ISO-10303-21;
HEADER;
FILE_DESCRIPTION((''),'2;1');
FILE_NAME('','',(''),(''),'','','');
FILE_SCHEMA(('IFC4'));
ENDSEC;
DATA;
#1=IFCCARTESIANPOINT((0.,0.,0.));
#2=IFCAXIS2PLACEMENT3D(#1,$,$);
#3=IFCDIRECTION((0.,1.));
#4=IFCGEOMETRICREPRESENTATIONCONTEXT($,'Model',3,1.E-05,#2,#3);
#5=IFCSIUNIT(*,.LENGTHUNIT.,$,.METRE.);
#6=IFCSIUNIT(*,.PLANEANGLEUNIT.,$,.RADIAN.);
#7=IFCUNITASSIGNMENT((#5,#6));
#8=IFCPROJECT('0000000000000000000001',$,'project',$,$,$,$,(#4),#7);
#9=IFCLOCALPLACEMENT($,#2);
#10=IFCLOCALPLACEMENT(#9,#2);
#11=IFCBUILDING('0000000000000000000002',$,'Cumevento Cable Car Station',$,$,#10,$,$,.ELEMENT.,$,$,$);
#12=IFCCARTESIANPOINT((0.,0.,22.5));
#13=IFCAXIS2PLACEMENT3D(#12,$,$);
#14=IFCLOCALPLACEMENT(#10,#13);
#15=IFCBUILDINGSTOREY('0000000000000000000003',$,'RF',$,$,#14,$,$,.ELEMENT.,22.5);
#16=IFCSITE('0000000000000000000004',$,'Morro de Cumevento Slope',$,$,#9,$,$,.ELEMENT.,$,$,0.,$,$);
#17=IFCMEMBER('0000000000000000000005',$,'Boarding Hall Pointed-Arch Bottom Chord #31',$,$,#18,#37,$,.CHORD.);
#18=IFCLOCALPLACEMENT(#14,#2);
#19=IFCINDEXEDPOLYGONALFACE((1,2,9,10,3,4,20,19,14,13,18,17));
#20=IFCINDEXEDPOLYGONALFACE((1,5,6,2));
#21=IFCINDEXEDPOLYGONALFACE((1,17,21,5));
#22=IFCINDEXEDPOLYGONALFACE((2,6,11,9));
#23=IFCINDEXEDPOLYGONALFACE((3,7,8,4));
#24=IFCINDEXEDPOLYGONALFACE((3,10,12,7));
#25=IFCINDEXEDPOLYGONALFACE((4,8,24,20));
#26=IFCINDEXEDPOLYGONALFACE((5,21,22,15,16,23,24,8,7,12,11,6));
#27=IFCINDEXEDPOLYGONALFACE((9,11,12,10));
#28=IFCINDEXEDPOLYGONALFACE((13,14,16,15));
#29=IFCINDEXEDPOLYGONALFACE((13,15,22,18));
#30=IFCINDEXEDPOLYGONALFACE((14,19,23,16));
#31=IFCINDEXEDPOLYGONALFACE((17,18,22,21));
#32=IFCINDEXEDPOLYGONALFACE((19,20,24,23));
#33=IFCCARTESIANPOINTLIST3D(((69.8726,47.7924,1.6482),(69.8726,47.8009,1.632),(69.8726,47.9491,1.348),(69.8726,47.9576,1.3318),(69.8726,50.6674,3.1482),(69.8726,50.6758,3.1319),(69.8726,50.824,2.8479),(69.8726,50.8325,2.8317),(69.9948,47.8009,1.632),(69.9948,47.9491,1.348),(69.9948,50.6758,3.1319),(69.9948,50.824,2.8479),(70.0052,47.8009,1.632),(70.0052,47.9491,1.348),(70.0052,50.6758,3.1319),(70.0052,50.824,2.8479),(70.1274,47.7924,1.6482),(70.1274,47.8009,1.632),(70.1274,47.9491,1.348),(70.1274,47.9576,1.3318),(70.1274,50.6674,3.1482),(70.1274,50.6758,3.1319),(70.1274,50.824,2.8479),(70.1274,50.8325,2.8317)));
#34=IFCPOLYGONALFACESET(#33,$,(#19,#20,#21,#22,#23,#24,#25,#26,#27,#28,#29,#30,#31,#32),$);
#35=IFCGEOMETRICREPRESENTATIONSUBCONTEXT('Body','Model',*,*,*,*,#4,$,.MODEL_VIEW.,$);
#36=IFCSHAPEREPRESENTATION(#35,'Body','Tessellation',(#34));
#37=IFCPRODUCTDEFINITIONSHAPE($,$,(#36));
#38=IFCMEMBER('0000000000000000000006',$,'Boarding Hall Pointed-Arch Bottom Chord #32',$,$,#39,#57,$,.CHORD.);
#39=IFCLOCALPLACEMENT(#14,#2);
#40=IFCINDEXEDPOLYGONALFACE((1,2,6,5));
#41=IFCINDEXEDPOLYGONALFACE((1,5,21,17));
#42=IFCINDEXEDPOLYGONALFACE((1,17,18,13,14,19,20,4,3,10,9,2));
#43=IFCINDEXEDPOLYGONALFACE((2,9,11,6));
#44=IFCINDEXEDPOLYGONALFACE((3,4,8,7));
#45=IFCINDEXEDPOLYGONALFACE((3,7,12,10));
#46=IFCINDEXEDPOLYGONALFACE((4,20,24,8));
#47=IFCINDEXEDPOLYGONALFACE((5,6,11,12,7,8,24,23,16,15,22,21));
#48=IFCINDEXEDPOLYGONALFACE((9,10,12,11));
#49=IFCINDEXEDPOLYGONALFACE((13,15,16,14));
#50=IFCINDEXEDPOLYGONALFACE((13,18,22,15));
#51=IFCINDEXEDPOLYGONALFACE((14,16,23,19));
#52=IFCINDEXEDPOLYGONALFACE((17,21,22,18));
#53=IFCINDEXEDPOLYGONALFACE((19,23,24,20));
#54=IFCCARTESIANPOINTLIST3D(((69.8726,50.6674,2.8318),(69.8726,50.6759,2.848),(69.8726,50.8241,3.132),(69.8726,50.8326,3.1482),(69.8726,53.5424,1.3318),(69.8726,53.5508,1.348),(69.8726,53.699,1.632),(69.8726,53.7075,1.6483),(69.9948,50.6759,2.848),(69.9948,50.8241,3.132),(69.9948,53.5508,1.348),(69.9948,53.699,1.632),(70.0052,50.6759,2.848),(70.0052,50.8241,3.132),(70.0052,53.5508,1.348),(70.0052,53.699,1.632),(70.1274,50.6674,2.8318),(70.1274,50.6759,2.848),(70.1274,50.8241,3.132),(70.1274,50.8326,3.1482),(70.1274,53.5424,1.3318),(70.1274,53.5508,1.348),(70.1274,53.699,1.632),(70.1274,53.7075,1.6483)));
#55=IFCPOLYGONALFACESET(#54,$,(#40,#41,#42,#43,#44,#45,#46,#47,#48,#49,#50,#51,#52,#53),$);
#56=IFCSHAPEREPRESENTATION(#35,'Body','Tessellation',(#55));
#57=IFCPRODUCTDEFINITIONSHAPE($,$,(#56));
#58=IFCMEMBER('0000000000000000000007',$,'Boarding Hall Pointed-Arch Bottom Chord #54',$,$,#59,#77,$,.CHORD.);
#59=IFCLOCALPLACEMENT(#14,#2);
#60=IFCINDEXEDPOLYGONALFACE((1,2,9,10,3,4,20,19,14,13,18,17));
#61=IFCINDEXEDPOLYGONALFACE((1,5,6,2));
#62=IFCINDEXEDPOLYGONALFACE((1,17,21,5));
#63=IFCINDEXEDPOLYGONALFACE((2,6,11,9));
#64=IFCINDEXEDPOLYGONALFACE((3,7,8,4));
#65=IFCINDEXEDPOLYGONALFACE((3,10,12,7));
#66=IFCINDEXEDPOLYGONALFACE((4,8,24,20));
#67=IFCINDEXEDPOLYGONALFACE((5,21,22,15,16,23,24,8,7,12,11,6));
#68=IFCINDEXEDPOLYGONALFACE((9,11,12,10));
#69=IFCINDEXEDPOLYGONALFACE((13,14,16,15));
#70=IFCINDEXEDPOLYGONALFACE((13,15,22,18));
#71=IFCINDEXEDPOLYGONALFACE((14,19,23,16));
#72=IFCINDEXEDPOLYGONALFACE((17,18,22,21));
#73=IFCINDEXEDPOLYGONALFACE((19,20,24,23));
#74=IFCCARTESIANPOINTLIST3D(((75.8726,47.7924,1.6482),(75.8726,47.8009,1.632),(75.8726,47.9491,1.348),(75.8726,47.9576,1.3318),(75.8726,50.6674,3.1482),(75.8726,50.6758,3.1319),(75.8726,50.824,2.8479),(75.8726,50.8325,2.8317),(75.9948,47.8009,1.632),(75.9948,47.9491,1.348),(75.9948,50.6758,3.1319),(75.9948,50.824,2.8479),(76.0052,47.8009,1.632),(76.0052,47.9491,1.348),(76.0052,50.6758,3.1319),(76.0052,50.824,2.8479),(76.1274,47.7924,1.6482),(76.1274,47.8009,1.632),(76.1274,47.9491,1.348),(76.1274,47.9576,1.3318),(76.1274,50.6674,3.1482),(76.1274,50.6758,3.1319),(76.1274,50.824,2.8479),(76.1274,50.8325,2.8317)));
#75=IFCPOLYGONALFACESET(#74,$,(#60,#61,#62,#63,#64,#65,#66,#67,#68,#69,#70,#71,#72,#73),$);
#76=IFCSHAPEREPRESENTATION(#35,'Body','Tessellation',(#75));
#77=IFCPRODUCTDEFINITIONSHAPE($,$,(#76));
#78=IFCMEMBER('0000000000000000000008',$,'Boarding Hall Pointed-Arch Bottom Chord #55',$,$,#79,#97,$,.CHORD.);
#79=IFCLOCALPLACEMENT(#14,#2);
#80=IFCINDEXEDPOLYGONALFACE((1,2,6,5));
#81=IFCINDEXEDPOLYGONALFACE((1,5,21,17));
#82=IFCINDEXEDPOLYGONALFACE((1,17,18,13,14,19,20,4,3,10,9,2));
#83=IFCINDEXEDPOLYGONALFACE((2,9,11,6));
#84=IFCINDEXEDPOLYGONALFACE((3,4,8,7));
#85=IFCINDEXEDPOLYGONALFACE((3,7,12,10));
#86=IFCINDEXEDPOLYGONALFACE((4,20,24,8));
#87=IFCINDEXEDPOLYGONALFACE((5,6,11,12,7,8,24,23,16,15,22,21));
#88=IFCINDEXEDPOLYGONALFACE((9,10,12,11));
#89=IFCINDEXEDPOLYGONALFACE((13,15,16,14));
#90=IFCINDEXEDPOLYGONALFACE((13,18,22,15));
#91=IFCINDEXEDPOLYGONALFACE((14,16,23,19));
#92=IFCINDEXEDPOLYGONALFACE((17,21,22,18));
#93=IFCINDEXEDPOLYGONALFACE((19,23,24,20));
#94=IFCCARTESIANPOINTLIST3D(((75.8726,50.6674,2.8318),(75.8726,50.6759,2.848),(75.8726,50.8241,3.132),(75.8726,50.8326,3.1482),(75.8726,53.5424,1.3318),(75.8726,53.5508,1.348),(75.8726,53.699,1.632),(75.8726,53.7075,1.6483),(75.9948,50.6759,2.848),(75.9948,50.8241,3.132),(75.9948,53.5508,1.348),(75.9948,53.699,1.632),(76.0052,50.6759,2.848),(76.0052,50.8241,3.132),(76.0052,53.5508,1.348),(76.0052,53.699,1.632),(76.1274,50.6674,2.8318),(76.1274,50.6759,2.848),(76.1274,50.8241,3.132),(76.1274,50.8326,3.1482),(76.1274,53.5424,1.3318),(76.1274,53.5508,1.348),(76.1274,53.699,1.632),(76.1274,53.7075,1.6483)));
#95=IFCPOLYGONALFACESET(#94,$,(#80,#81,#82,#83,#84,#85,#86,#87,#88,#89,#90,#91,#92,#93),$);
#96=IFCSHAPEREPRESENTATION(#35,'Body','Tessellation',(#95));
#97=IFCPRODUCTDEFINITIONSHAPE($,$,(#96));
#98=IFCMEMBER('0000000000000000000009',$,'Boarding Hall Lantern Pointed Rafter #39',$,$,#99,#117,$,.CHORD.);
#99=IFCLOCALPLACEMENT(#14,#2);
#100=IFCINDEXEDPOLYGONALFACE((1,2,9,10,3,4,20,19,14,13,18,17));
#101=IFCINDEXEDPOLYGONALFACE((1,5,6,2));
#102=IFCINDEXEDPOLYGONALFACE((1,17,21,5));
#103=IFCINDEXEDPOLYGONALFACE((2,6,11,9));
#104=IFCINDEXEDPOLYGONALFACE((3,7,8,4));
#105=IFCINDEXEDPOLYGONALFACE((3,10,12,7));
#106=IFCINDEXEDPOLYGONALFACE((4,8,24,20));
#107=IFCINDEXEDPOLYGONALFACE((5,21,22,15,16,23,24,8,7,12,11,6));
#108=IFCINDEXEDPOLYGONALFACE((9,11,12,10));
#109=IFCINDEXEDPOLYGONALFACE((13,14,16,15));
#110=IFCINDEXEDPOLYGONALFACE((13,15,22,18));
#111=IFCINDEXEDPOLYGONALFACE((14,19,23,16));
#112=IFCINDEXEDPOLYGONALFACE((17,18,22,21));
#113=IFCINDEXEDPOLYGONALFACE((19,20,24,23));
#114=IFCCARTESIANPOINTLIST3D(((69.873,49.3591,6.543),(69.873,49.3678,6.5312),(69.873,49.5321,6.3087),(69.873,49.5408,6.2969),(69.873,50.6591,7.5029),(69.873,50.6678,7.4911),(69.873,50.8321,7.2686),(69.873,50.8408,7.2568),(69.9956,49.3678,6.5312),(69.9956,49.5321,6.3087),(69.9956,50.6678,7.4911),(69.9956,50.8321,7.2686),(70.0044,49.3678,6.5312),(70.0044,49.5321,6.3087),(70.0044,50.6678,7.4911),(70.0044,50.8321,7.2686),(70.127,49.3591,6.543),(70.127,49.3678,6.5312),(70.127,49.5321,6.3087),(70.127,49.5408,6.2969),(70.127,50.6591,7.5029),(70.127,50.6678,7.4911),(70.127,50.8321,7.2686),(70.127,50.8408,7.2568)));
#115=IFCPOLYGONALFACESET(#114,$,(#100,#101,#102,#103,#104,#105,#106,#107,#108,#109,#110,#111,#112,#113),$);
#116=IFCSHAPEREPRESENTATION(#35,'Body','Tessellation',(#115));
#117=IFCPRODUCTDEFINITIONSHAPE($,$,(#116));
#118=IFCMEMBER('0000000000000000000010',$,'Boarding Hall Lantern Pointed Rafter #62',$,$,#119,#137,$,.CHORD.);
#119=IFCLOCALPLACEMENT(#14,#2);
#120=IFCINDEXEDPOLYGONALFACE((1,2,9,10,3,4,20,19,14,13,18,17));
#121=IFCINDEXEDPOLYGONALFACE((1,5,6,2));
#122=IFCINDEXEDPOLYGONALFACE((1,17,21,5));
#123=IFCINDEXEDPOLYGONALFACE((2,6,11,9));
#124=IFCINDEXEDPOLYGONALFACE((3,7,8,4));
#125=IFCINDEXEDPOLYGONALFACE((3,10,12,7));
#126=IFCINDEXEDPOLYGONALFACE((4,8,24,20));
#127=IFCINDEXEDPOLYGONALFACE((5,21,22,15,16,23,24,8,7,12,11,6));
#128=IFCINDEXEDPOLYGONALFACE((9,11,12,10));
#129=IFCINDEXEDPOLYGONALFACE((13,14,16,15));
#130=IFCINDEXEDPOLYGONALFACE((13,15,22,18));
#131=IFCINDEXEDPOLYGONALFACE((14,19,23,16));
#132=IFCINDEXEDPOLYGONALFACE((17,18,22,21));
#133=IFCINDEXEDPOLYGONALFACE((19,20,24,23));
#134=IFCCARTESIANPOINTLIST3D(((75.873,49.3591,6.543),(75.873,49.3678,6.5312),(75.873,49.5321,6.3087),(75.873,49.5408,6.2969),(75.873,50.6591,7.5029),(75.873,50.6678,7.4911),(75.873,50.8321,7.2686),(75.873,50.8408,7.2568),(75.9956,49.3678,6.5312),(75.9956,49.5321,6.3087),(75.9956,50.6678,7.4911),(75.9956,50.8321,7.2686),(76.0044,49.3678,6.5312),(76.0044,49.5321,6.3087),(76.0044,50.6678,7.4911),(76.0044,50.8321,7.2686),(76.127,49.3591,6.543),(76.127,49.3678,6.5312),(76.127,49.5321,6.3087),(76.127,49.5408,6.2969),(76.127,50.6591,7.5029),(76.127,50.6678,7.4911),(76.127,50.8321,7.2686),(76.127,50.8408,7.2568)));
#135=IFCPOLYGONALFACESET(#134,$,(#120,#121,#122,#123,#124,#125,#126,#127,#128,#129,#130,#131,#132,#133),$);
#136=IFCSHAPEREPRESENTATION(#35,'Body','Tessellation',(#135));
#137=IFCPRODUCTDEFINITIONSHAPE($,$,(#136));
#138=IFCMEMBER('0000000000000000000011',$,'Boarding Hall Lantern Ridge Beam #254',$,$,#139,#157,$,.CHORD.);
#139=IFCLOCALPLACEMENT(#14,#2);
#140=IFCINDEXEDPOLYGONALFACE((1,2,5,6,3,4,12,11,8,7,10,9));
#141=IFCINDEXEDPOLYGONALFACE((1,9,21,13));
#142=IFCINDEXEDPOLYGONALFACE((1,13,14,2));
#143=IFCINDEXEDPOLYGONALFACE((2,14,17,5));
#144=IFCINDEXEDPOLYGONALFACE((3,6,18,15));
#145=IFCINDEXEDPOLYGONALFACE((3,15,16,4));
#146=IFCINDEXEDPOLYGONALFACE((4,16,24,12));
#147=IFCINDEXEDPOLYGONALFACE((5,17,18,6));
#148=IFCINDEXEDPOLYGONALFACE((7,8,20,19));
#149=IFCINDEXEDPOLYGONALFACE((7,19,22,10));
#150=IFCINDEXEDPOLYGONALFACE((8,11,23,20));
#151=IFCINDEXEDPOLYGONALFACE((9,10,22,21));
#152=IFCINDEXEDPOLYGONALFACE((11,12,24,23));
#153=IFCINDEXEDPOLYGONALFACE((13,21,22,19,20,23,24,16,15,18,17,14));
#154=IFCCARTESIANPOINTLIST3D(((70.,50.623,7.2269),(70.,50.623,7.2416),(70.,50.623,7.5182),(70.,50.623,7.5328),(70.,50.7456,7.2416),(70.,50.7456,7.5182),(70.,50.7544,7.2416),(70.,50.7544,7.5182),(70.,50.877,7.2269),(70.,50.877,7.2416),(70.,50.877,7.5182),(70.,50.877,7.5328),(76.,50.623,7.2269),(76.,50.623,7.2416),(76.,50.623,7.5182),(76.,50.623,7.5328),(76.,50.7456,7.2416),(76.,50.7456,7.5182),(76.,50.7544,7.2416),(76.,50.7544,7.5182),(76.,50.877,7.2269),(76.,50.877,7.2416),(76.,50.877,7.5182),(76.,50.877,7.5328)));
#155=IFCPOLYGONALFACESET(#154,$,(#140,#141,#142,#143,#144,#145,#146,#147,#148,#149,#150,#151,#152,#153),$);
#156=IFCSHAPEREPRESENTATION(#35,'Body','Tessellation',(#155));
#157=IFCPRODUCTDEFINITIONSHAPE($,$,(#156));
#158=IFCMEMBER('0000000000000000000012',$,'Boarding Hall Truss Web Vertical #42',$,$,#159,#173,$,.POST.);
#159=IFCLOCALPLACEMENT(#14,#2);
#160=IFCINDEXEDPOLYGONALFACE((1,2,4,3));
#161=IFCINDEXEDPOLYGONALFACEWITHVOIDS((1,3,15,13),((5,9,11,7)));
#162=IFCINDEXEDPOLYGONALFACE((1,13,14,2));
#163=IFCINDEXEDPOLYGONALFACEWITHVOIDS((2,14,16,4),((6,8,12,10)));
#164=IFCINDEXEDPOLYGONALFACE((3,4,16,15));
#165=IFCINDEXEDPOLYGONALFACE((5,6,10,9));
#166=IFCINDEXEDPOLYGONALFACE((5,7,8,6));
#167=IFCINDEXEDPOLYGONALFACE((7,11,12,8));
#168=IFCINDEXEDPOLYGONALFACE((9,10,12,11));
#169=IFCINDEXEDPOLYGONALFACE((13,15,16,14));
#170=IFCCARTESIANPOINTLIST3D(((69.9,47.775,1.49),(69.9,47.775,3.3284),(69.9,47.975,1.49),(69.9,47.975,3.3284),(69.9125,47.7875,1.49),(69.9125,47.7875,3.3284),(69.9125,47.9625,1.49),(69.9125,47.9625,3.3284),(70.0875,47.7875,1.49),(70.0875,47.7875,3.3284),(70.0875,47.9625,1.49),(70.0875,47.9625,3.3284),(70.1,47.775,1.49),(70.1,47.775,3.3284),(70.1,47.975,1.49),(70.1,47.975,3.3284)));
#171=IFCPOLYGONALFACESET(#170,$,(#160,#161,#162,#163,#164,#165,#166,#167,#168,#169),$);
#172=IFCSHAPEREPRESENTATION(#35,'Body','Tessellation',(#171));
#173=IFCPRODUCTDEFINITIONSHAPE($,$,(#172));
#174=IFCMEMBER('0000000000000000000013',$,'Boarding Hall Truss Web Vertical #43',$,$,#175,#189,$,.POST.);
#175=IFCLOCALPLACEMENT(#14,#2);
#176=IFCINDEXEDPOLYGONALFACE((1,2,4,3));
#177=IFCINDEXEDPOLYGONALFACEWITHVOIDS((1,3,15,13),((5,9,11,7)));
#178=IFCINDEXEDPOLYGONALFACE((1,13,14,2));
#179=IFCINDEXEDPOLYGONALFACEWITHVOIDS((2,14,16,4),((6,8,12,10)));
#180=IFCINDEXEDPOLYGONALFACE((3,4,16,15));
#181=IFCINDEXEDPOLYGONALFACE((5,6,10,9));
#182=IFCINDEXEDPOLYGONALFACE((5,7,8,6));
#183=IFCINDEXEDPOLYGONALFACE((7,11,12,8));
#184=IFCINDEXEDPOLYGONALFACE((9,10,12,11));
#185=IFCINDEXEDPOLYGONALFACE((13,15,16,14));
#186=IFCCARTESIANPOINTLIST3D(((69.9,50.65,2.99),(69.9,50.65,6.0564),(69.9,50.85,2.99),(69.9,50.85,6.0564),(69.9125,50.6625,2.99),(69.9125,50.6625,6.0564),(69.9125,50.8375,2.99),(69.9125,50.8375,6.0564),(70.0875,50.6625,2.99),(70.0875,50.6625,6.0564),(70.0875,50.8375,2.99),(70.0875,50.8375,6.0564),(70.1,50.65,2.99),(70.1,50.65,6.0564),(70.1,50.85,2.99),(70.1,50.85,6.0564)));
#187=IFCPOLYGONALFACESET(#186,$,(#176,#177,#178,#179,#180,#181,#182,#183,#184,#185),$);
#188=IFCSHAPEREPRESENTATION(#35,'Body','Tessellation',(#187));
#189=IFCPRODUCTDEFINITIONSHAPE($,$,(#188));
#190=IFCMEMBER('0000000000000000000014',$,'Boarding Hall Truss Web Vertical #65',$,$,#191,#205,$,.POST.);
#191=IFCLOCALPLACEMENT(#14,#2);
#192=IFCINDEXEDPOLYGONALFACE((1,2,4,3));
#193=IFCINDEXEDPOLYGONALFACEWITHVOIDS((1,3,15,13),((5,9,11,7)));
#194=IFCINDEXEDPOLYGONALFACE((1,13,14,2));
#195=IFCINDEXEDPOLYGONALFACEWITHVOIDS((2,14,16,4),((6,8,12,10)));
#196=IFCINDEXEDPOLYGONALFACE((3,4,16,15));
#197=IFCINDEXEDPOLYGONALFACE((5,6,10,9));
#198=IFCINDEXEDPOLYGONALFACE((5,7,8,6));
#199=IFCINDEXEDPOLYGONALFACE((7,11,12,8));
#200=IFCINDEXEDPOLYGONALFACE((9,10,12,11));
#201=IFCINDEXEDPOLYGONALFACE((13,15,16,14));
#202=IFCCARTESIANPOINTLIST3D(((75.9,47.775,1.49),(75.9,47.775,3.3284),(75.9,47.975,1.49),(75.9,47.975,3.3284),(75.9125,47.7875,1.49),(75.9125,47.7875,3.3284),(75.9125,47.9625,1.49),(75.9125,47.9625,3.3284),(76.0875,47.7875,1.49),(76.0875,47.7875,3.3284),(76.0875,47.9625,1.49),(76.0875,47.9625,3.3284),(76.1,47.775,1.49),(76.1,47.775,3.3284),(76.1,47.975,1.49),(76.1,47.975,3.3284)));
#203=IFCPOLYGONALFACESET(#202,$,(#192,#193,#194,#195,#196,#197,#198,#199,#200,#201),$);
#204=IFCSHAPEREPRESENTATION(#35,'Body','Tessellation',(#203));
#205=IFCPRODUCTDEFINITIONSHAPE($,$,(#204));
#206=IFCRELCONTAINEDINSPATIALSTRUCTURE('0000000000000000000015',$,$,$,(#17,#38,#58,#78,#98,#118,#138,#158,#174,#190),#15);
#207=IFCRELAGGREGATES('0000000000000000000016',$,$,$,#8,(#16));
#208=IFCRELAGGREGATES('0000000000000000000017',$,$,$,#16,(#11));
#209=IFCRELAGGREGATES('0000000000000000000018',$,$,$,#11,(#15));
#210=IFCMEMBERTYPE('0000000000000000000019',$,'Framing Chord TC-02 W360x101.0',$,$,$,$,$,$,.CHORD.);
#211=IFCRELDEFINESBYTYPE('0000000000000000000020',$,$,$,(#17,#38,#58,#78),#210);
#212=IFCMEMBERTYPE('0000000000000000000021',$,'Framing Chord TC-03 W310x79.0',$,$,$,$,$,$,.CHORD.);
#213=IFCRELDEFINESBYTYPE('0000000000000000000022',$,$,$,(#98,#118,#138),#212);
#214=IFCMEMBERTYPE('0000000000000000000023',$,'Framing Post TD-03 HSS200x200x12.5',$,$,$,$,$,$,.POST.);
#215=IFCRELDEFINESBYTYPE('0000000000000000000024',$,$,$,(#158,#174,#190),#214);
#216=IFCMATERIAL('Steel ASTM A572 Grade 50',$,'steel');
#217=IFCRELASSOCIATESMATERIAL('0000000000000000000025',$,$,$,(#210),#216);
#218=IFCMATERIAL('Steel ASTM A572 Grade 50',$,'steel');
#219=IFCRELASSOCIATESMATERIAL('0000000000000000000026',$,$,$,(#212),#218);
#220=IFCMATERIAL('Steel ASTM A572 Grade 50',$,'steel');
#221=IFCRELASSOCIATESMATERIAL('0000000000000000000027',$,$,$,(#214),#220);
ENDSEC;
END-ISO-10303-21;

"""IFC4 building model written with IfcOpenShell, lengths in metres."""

from ifc_helpers import new_model, si_unit, direction, frame, origin, origin_2d, place, context, subcontext, project, spatial, hollow_rectangle, i_section, extrude, material, material_profile, profile_set, type_object, element, save


model = new_model("IFC4")

# Units and contexts
model_context = context("Model", 3, precision=1e-05, world=origin(), true_north=direction((0.0, 1.0)))
body_context = subcontext(model_context, "Body", "Model", "MODEL_VIEW")
ifc_project = project(units=[si_unit("LENGTHUNIT", "METRE"), si_unit("PLANEANGLEUNIT", "RADIAN")], contexts=[model_context])

# Site, building, storey
site_placement = place(None, origin())
site = spatial("IfcSite", under=ifc_project, at=site_placement, Name="Morro de Cumevento Slope", CompositionType="ELEMENT", RefElevation=0.0)
building_placement = place(site_placement, origin())
building = spatial("IfcBuilding", under=site, at=building_placement, Name="Cumevento Cable Car Station", CompositionType="ELEMENT")
storey_placement = place(building_placement, frame((0.0, 0.0, 22.5)))
storey = spatial("IfcBuildingStorey", under=building, at=storey_placement, Name="RF", CompositionType="ELEMENT", Elevation=22.5)

# Members
ifc_material_1 = material(Name="Steel ASTM A572 Grade 50", Category="steel")
ifc_material_profile_1 = material_profile(ifc_material_1, i_section(OverallWidth=0.2549, OverallDepth=0.3569, WebThickness=0.0105, FlangeThickness=0.0183, at=origin_2d()), Name="W360x101.0")
ifc_profile_set_1 = profile_set([ifc_material_profile_1], Name="Steel ASTM A572 Grade 50")
member_type_1 = type_object("IfcMemberType", Name="Framing Chord TC-02 W360x101.0", PredefinedType="CHORD", material=ifc_profile_set_1)
for number, where, z_axis, x_axis, name in (
    (1, (70.0, 47.875, 1.49), (0.0, 0.886585, 0.462566), (-1.0, 0.0, 0.0), "Boarding Hall Pointed-Arch Bottom Chord #31"),
    (2, (70.0, 50.75, 2.99), (0.0, 0.886585, -0.462566), (-1.0, 0.0, 0.0), "Boarding Hall Pointed-Arch Bottom Chord #32"),
    (3, (76.0, 47.875, 1.49), (0.0, 0.886585, 0.462566), (-1.0, 0.0, 0.0), "Boarding Hall Pointed-Arch Bottom Chord #54"),
    (4, (76.0, 50.75, 2.99), (0.0, 0.886585, -0.462566), (-1.0, 0.0, 0.0), "Boarding Hall Pointed-Arch Bottom Chord #55"),
):
    element("IfcMember", number, at=place(storey_placement, frame(where, z_axis=z_axis, x_axis=x_axis)), inside=storey, type_object=member_type_1, Name=name, PredefinedType="CHORD", context=body_context, shape_type="SweptSolid", body=[
        extrude(i_section(OverallWidth=0.2549, OverallDepth=0.3569, WebThickness=0.0105, FlangeThickness=0.0183, at=origin_2d()), origin(), (0.0, 0.0, 1.0), 3.2427),
    ])
ifc_material_2 = material(Name="Steel ASTM A572 Grade 50", Category="steel")
ifc_material_profile_2 = material_profile(ifc_material_2, i_section(OverallWidth=0.2539, OverallDepth=0.3059, WebThickness=0.0088, FlangeThickness=0.0146, at=origin_2d()), Name="W310x79.0")
ifc_profile_set_2 = profile_set([ifc_material_profile_2], Name="Steel ASTM A572 Grade 50")
member_type_2 = type_object("IfcMemberType", Name="Framing Chord TC-03 W310x79.0", PredefinedType="CHORD", material=ifc_profile_set_2)
for number, where, z_axis, x_axis, name in (
    (5, (70.0, 49.45, 6.4199), (0.0, 0.804455, 0.594013), (-1.0, 0.0, 0.0), "Boarding Hall Lantern Pointed Rafter #39"),
    (6, (76.0, 49.45, 6.4199), (0.0, 0.804455, 0.594013), (-1.0, 0.0, 0.0), "Boarding Hall Lantern Pointed Rafter #62"),
):
    element("IfcMember", number, at=place(storey_placement, frame(where, z_axis=z_axis, x_axis=x_axis)), inside=storey, type_object=member_type_2, Name=name, PredefinedType="CHORD", context=body_context, shape_type="SweptSolid", body=[
        extrude(i_section(OverallWidth=0.2539, OverallDepth=0.3059, WebThickness=0.0088, FlangeThickness=0.0146, at=origin_2d()), origin(), (0.0, 0.0, 1.0), 1.616),
    ])
member_1_placement = place(storey_placement, frame((70.0, 50.75, 7.3799), z_axis=(1.0, 0.0, 0.0), x_axis=(0.0, 1.0, 0.0)))
element("IfcMember", 7, at=member_1_placement, inside=storey, type_object=member_type_2, Name="Boarding Hall Lantern Ridge Beam #254", PredefinedType="CHORD", context=body_context, shape_type="SweptSolid", body=[
    extrude(i_section(OverallWidth=0.2539, OverallDepth=0.3059, WebThickness=0.0088, FlangeThickness=0.0146, at=origin_2d()), origin(), (0.0, 0.0, 1.0), 6.0),
])
ifc_material_3 = material(Name="Steel ASTM A572 Grade 50", Category="steel")
ifc_material_profile_3 = material_profile(ifc_material_3, hollow_rectangle(XDim=0.2, YDim=0.2, WallThickness=0.0125, at=origin_2d()), Name="HSS200x200x12.5")
ifc_profile_set_3 = profile_set([ifc_material_profile_3], Name="Steel ASTM A572 Grade 50")
member_type_3 = type_object("IfcMemberType", Name="Framing Post TD-03 HSS200x200x12.5", PredefinedType="POST", material=ifc_profile_set_3)
member_2_placement = place(storey_placement, frame((70.0, 47.875, 1.49), z_axis=(0.0, 0.0, 1.0), x_axis=(1.0, 0.0, 0.0)))
element("IfcMember", 8, at=member_2_placement, inside=storey, type_object=member_type_3, Name="Boarding Hall Truss Web Vertical #42", PredefinedType="POST", context=body_context, shape_type="SweptSolid", body=[
    extrude(hollow_rectangle(XDim=0.2, YDim=0.2, WallThickness=0.0125, at=origin_2d()), origin(), (0.0, 0.0, 1.0), 1.8384),
])
member_3_placement = place(storey_placement, frame((70.0, 50.75, 2.99), z_axis=(0.0, 0.0, 1.0), x_axis=(1.0, 0.0, 0.0)))
element("IfcMember", 9, at=member_3_placement, inside=storey, type_object=member_type_3, Name="Boarding Hall Truss Web Vertical #43", PredefinedType="POST", context=body_context, shape_type="SweptSolid", body=[
    extrude(hollow_rectangle(XDim=0.2, YDim=0.2, WallThickness=0.0125, at=origin_2d()), origin(), (0.0, 0.0, 1.0), 3.0664),
])
member_4_placement = place(storey_placement, frame((76.0, 47.875, 1.49), z_axis=(0.0, 0.0, 1.0), x_axis=(1.0, 0.0, 0.0)))
element("IfcMember", 10, at=member_4_placement, inside=storey, type_object=member_type_3, Name="Boarding Hall Truss Web Vertical #65", PredefinedType="POST", context=body_context, shape_type="SweptSolid", body=[
    extrude(hollow_rectangle(XDim=0.2, YDim=0.2, WallThickness=0.0125, at=origin_2d()), origin(), (0.0, 0.0, 1.0), 1.8384),
])

save(model, "model.ifc")
